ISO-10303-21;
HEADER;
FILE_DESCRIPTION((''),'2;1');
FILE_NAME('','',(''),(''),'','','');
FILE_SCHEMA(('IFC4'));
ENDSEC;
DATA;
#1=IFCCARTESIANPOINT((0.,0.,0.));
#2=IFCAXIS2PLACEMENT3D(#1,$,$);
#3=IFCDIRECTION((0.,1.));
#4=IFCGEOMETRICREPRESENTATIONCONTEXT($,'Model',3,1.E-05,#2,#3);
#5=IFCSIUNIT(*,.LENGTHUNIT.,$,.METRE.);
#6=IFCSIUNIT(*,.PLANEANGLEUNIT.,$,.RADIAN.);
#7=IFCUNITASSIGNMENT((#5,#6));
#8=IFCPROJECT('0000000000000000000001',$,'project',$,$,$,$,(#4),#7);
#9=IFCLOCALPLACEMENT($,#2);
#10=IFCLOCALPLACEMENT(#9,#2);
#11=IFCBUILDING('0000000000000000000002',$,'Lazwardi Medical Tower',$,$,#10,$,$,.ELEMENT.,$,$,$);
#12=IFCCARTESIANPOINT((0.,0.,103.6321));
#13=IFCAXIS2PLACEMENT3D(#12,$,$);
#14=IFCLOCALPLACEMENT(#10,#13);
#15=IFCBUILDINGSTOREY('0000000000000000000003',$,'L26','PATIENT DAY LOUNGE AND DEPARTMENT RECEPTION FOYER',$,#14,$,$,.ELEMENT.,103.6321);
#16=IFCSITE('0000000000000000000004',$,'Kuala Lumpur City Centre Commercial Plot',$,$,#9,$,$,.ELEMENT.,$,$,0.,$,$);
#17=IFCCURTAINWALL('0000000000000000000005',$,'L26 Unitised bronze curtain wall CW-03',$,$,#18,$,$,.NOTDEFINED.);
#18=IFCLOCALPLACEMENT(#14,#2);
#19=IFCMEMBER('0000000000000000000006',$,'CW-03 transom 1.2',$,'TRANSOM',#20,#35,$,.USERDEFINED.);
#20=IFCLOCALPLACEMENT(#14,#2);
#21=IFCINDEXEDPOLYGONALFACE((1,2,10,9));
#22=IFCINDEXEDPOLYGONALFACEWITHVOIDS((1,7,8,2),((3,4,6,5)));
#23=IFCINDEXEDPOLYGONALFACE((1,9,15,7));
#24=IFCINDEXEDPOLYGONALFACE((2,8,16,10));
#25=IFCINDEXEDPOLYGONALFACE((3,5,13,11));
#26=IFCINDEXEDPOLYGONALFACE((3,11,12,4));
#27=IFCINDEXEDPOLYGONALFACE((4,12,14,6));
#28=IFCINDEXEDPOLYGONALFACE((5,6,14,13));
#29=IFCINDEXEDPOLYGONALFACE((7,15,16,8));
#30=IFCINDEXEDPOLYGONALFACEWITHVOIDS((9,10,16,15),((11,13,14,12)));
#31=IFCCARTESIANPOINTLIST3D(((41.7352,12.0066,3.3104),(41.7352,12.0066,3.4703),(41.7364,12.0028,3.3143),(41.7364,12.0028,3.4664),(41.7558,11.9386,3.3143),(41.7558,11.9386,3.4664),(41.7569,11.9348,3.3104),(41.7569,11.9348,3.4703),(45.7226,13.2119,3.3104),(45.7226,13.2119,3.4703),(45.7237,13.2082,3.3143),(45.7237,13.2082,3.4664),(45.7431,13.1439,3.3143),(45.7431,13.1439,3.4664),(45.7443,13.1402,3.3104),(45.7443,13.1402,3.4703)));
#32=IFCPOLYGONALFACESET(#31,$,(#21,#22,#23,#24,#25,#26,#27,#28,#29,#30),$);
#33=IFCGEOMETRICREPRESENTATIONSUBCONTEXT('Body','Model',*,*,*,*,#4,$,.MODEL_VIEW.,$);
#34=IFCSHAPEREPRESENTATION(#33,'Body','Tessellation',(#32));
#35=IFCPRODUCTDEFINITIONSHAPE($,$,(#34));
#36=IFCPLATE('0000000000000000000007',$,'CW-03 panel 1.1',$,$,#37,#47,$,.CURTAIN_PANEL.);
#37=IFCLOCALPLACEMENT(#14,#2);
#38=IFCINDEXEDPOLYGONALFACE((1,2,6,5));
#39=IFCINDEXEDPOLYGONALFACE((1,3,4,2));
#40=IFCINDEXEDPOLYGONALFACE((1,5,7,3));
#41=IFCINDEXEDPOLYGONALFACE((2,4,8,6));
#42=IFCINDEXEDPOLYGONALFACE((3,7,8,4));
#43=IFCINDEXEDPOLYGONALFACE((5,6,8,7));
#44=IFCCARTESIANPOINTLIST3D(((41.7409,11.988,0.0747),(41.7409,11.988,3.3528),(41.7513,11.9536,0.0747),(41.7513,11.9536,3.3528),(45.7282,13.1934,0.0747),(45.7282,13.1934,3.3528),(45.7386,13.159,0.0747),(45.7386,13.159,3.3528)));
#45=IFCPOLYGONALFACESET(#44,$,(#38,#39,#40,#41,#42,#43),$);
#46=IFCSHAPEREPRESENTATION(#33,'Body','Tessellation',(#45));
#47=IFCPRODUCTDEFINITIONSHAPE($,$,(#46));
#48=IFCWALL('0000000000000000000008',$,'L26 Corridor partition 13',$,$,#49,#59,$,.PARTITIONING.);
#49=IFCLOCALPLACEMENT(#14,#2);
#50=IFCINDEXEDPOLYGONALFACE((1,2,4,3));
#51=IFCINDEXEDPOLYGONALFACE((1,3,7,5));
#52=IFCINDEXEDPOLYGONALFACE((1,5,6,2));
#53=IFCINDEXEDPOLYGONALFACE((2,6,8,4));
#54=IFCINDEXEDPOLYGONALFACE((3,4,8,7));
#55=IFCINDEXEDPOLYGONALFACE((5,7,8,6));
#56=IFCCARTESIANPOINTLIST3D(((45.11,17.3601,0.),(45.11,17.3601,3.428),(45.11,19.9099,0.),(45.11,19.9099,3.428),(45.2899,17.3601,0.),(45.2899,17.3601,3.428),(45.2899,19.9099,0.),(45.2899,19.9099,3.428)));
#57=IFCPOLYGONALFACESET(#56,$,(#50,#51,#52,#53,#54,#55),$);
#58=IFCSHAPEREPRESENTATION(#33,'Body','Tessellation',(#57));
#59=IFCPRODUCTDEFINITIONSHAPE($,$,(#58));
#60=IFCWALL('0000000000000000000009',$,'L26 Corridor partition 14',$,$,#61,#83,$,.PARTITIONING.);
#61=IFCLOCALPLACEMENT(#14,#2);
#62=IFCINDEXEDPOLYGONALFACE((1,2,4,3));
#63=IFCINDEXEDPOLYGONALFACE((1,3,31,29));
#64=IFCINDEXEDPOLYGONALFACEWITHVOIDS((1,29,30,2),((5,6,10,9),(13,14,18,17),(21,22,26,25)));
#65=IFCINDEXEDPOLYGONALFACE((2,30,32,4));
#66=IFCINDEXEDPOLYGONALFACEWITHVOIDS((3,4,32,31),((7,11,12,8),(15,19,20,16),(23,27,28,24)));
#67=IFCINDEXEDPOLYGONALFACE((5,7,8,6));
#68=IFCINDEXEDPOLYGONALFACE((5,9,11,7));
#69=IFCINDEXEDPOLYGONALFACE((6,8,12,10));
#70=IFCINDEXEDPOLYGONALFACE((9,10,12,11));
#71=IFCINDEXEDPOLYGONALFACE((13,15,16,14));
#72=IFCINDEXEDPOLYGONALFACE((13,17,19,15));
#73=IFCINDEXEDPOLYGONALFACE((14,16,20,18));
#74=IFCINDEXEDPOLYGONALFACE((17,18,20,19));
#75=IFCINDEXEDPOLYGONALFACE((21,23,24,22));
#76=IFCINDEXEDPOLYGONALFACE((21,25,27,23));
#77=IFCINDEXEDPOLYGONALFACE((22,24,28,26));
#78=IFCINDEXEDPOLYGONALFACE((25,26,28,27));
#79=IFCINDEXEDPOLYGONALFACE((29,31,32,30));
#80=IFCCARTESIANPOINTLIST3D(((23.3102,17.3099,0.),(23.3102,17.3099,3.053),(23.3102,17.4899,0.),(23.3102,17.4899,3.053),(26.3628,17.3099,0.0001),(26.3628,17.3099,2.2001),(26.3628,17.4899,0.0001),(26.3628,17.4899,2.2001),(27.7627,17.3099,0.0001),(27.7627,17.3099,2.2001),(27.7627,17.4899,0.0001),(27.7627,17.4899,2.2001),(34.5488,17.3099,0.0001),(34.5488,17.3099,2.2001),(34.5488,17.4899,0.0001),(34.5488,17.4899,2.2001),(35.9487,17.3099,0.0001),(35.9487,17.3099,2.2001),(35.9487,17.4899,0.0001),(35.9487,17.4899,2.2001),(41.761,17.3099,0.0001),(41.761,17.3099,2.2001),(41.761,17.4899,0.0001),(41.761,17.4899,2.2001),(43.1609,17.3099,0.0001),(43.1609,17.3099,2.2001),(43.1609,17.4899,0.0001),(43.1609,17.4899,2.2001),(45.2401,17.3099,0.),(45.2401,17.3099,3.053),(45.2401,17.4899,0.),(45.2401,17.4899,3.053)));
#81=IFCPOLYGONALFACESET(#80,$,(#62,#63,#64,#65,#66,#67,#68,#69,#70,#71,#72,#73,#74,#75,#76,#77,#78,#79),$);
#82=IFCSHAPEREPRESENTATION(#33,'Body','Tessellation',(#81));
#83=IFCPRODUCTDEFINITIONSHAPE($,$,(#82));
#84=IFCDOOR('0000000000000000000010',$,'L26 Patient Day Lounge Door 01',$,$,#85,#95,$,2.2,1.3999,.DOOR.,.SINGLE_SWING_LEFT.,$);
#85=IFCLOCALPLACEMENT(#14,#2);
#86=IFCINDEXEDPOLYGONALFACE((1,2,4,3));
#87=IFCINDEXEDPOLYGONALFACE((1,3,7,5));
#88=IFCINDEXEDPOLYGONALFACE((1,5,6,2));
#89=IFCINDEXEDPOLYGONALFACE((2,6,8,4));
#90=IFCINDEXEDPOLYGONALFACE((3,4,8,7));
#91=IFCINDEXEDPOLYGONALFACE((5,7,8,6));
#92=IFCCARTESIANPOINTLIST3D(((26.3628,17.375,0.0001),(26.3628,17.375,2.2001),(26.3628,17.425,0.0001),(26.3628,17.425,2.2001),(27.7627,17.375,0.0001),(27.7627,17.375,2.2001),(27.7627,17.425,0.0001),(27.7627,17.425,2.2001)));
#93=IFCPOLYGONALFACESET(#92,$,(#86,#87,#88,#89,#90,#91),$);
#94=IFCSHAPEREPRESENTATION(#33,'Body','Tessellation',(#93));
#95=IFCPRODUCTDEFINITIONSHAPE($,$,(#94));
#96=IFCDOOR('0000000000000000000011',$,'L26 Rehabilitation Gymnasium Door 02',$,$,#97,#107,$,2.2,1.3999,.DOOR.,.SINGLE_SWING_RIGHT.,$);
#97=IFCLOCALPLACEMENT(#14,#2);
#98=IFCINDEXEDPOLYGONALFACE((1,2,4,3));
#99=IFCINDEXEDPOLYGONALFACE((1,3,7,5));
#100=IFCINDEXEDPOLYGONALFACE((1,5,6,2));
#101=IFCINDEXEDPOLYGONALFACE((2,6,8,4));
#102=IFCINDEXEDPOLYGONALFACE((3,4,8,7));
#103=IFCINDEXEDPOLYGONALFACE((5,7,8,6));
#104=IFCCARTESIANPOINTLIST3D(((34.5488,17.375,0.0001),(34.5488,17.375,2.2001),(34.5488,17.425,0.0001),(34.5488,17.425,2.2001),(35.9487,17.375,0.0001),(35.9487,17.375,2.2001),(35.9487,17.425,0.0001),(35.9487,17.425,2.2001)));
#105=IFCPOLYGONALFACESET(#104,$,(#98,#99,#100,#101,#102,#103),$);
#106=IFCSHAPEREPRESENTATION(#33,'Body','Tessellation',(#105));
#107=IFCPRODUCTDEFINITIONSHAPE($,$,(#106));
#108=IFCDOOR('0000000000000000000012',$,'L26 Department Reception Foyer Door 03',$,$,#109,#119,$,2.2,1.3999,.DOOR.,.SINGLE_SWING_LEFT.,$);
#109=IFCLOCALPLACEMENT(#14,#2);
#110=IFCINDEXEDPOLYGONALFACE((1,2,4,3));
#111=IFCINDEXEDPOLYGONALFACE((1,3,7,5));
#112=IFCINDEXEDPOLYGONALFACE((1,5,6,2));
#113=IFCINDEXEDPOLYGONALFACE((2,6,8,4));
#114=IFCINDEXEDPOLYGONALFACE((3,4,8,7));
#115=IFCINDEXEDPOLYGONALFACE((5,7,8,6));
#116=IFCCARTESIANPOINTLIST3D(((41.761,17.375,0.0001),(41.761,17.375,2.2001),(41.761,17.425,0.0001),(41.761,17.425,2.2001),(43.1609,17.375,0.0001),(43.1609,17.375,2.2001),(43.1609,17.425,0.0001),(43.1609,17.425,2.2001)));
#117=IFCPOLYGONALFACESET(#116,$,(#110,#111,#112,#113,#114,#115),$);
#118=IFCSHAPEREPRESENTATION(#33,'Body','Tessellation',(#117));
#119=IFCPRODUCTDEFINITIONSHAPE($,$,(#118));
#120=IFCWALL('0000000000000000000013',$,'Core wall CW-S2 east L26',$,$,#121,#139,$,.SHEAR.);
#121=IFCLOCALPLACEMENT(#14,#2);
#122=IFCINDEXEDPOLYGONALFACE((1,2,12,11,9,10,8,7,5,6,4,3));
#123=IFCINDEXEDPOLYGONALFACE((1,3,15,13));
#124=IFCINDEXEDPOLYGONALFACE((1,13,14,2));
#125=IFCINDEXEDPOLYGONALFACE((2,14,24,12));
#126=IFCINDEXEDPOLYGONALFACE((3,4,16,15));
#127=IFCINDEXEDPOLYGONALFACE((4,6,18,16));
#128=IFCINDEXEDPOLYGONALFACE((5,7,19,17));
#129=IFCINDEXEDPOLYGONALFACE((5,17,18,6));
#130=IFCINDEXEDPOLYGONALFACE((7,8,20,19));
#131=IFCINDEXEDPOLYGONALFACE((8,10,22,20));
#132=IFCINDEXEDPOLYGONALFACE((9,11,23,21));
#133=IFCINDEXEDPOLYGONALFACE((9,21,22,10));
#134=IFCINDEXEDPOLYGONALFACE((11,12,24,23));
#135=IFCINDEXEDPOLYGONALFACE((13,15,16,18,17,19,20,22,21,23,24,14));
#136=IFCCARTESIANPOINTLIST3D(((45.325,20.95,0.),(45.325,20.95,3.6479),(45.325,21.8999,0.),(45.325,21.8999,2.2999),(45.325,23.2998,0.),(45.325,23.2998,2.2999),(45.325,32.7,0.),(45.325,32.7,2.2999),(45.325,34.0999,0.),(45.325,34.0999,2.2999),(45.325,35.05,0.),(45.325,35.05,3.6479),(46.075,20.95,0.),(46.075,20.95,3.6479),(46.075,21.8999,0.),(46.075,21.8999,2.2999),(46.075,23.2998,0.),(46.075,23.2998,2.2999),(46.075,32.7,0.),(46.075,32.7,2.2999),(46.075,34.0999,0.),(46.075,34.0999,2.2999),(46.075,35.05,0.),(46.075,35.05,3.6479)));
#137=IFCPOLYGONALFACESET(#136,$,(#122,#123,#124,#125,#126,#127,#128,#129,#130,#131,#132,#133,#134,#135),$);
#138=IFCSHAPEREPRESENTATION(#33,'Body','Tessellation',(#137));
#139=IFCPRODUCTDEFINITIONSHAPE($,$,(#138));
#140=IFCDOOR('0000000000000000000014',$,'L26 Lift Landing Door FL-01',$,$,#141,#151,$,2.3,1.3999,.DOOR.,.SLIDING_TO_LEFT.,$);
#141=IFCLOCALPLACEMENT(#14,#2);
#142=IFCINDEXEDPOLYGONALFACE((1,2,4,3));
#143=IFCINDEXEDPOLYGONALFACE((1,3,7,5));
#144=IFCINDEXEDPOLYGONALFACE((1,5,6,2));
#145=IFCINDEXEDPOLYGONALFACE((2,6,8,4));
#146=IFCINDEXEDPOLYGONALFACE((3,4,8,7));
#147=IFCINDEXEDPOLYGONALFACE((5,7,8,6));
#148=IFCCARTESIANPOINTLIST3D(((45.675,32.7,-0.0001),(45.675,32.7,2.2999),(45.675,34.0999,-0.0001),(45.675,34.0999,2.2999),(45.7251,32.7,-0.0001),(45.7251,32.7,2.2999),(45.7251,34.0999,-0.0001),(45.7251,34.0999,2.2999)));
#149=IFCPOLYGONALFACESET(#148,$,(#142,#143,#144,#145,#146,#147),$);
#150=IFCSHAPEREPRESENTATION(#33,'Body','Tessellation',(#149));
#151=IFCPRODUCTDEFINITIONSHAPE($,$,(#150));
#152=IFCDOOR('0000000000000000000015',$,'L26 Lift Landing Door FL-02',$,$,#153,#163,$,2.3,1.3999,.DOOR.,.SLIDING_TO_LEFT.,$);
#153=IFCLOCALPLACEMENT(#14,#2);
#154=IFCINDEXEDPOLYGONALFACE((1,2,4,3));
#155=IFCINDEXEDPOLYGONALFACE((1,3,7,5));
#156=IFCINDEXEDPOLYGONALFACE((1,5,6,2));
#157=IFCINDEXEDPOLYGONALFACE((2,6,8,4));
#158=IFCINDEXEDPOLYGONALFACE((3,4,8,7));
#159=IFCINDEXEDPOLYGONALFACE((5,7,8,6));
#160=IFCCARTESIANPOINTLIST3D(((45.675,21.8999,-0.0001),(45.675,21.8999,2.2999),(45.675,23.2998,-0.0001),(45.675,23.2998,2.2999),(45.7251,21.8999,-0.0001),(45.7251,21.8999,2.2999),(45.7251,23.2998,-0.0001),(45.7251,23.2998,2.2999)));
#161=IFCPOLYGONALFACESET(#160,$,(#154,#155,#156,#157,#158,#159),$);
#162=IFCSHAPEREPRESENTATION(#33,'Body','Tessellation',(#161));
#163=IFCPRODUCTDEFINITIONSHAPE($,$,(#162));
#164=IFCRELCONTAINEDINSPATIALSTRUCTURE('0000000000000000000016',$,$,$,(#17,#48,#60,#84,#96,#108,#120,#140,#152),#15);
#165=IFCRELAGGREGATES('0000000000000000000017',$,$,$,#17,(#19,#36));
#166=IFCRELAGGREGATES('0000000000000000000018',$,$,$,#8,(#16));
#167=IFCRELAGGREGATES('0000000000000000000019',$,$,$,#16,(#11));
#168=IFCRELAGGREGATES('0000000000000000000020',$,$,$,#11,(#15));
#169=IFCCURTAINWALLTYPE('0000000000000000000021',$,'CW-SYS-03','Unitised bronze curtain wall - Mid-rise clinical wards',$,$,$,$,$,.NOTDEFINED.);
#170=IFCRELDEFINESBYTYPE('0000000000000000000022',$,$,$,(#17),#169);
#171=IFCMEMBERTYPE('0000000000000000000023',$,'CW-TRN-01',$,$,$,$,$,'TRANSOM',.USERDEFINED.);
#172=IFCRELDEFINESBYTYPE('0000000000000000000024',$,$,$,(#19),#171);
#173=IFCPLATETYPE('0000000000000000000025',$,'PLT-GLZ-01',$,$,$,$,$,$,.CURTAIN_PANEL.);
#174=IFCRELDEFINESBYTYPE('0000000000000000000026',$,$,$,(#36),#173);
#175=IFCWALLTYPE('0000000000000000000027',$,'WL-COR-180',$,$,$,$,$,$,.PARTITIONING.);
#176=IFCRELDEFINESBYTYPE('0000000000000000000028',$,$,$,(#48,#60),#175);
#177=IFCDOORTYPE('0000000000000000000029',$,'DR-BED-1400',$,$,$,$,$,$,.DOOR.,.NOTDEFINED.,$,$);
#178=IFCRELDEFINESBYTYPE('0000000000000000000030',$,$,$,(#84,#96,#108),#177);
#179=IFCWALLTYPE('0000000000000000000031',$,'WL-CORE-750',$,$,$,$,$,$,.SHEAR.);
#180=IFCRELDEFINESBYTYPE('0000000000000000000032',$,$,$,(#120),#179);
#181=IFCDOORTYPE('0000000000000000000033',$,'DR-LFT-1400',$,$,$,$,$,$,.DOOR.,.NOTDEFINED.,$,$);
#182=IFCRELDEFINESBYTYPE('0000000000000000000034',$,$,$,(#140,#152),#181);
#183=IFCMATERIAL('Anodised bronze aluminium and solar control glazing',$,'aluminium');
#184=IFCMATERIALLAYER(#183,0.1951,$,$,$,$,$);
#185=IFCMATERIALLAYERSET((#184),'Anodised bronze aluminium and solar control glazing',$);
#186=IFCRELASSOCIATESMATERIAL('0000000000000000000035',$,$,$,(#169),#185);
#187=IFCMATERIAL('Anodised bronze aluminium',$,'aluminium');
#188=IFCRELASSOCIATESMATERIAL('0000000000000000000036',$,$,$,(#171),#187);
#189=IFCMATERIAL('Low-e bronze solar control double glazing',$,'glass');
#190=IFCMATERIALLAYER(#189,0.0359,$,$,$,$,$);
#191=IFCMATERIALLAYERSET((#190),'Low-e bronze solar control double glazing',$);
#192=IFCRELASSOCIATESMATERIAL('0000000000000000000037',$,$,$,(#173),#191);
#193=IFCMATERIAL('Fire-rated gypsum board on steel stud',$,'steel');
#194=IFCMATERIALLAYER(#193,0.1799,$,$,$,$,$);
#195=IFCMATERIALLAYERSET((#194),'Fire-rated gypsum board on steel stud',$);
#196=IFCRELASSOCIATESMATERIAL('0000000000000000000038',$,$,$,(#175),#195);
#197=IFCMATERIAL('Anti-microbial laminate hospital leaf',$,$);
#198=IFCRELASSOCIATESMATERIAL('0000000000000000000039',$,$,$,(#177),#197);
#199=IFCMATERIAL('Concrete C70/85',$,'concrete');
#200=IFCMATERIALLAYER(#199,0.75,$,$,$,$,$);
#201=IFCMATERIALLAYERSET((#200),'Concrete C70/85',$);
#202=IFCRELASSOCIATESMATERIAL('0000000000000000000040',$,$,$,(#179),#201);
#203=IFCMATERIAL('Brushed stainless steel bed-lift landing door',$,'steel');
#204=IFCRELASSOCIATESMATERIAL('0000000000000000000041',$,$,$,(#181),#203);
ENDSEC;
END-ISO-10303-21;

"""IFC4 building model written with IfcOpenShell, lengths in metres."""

from ifc_helpers import new_model, si_unit, direction, frame, frame_2d, origin, origin_2d, place, context, subcontext, project, spatial, rectangle, hollow_rectangle, extrude, material, layer, layer_set, material_profile, profile_set, type_object, element, fill, aggregate, save


model = new_model("IFC4")

# Units and contexts
model_context = context("Model", 3, precision=1e-05, world=origin(), true_north=direction((0.0, 1.0)))
body_context = subcontext(model_context, "Body", "Model", "MODEL_VIEW")
ifc_project = project(units=[si_unit("LENGTHUNIT", "METRE"), si_unit("PLANEANGLEUNIT", "RADIAN")], contexts=[model_context])

# Site, building, storey
site_placement = place(None, origin())
site = spatial("IfcSite", under=ifc_project, at=site_placement, Name="Kuala Lumpur City Centre Commercial Plot", CompositionType="ELEMENT", RefElevation=0.0)
building_placement = place(site_placement, origin())
building = spatial("IfcBuilding", under=site, at=building_placement, Name="Lazwardi Medical Tower", CompositionType="ELEMENT")
storey_placement = place(building_placement, frame((0.0, 0.0, 103.6321)))
storey = spatial("IfcBuildingStorey", under=building, at=storey_placement, Name="L26", Description="PATIENT DAY LOUNGE AND DEPARTMENT RECEPTION FOYER", CompositionType="ELEMENT", Elevation=103.6321)

# Shared definitions
ifc_material_1 = material(Name="Concrete C70/85", Category="concrete")

# Curtain wall, member, plate
ifc_material_2 = material(Name="Anodised bronze aluminium and solar control glazing", Category="aluminium")
ifc_layer_1 = layer(ifc_material_2, 0.1951)
ifc_layer_set_1 = layer_set([ifc_layer_1], Name="Anodised bronze aluminium and solar control glazing")
curtain_wall_type = type_object("IfcCurtainWallType", Name="CW-SYS-03", Description="Unitised bronze curtain wall - Mid-rise clinical wards", PredefinedType="NOTDEFINED", material=ifc_layer_set_1)
curtain_wall_placement = place(storey_placement, origin())
curtain_wall = element("IfcCurtainWall", 1, at=curtain_wall_placement, inside=storey, type_object=curtain_wall_type, Name="L26 Unitised bronze curtain wall CW-03", PredefinedType="NOTDEFINED")
ifc_material_3 = material(Name="Anodised bronze aluminium", Category="aluminium")
ifc_material_profile_1 = material_profile(ifc_material_3, hollow_rectangle(XDim=0.075, YDim=0.1599, WallThickness=0.0039, at=origin_2d()), Name="ALU-TRANSOM 160x75x4")
ifc_profile_set_1 = profile_set([ifc_material_profile_1], Name="Anodised bronze aluminium")
member_type = type_object("IfcMemberType", Name="CW-TRN-01", ElementType="TRANSOM", PredefinedType="USERDEFINED", material=ifc_profile_set_1)
member_placement = place(storey_placement, frame((41.7461, 11.9707, 3.3904), z_axis=(0.957221, 0.289358, 0.0), x_axis=(-0.289358, 0.957221, 0.0)))
member = element("IfcMember", 2, at=member_placement, type_object=member_type, Name="CW-03 transom 1.2", ObjectType="TRANSOM", PredefinedType="USERDEFINED", context=body_context, shape_type="SweptSolid", body=[
    extrude(hollow_rectangle(XDim=0.075, YDim=0.1599, WallThickness=0.0039, at=origin_2d()), origin(), (0.0, 0.0, 1.0), 4.1655),
])
ifc_material_4 = material(Name="Low-e bronze solar control double glazing", Category="glass")
ifc_layer_2 = layer(ifc_material_4, 0.0359)
ifc_layer_set_2 = layer_set([ifc_layer_2], Name="Low-e bronze solar control double glazing")
plate_type = type_object("IfcPlateType", Name="PLT-GLZ-01", PredefinedType="CURTAIN_PANEL", material=ifc_layer_set_2)
plate_placement = place(storey_placement, frame((43.7397, 12.5735, 0.0747), z_axis=(0.0, 0.0, 1.0), x_axis=(0.957216, 0.289374, 0.0)))
plate = element("IfcPlate", 3, at=plate_placement, type_object=plate_type, Name="CW-03 panel 1.1", PredefinedType="CURTAIN_PANEL", context=body_context, shape_type="SweptSolid", body=[
    extrude(rectangle(XDim=4.1655, YDim=0.0359, at=origin_2d()), origin(), (0.0, 0.0, 1.0), 3.2781),
])
aggregate(curtain_wall, [member, plate])

# Wall
ifc_material_5 = material(Name="Fire-rated gypsum board on steel stud", Category="steel")
ifc_layer_3 = layer(ifc_material_5, 0.1799)
ifc_layer_set_3 = layer_set([ifc_layer_3], Name="Fire-rated gypsum board on steel stud")
wall_type_1 = type_object("IfcWallType", Name="WL-COR-180", PredefinedType="PARTITIONING", material=ifc_layer_set_3)
wall_1_placement = place(storey_placement, frame((45.2, 19.9099, 0.0), z_axis=(0.0, 0.0, 1.0), x_axis=(0.0, -1.0, 0.0)))
element("IfcWall", 4, at=wall_1_placement, inside=storey, type_object=wall_type_1, Name="L26 Corridor partition 13", PredefinedType="PARTITIONING", context=body_context, shape_type="SweptSolid", body=[
    extrude(rectangle(XDim=2.5498, YDim=0.1799, at=frame_2d((1.2749, 0.0))), origin(), (0.0, 0.0, 1.0), 3.428),
])

# Walls, openings, doors
wall_2_placement = place(storey_placement, frame((45.24, 17.3999, 0.0), z_axis=(0.0, 0.0, 1.0), x_axis=(-1.0, 0.0, 0.0)))
wall_2 = element("IfcWall", 5, at=wall_2_placement, inside=storey, type_object=wall_type_1, Name="L26 Corridor partition 14", PredefinedType="PARTITIONING", context=body_context, shape_type="SweptSolid", body=[
    extrude(rectangle(XDim=21.9299, YDim=0.1799, at=frame_2d((10.9648, 0.0))), origin(), (0.0, 0.0, 1.0), 3.053),
])
opening_1_placement = place(wall_2_placement, frame((17.4773, 0.0, 0.0)))
opening_1 = element("IfcOpeningElement", 6, at=opening_1_placement, cuts=wall_2, PredefinedType="OPENING", context=body_context, shape_type="SweptSolid", body=[
    extrude(rectangle(XDim=1.3999, YDim=2.2, at=frame_2d((0.7, 1.1001))), frame((0.0, 0.0999, 0.0), z_axis=(0.0, -1.0, 0.0), x_axis=(1.0, 0.0, 0.0)), (0.0, 0.0, 1.0), 0.2),
])
opening_2_placement = place(wall_2_placement, frame((9.2913, 0.0, 0.0)))
opening_2 = element("IfcOpeningElement", 7, at=opening_2_placement, cuts=wall_2, PredefinedType="OPENING", context=body_context, shape_type="SweptSolid", body=[
    extrude(rectangle(XDim=1.3999, YDim=2.2, at=frame_2d((0.7, 1.1001))), frame((0.0, 0.0999, 0.0), z_axis=(0.0, -1.0, 0.0), x_axis=(1.0, 0.0, 0.0)), (0.0, 0.0, 1.0), 0.2),
])
opening_3_placement = place(wall_2_placement, frame((2.0791, 0.0, 0.0)))
opening_3 = element("IfcOpeningElement", 8, at=opening_3_placement, cuts=wall_2, PredefinedType="OPENING", context=body_context, shape_type="SweptSolid", body=[
    extrude(rectangle(XDim=1.3999, YDim=2.2, at=frame_2d((0.7, 1.1001))), frame((0.0, 0.0999, 0.0), z_axis=(0.0, -1.0, 0.0), x_axis=(1.0, 0.0, 0.0)), (0.0, 0.0, 1.0), 0.2),
])
ifc_material_6 = material(Name="Anti-microbial laminate hospital leaf")
door_type_1 = type_object("IfcDoorType", Name="DR-BED-1400", OperationType="NOTDEFINED", PredefinedType="DOOR", material=ifc_material_6)
door_1_placement = place(opening_1_placement, origin())
door_1 = element("IfcDoor", 9, at=door_1_placement, inside=storey, type_object=door_type_1, Name="L26 Patient Day Lounge Door 01", OperationType="SINGLE_SWING_LEFT", OverallHeight=2.2, OverallWidth=1.3999, PredefinedType="DOOR", context=body_context, shape_type="SweptSolid", body=[
    extrude(rectangle(XDim=1.3999, YDim=2.2, at=frame_2d((0.7, 1.1001))), frame((0.0, 0.0249, 0.0), z_axis=(0.0, -1.0, 0.0), x_axis=(1.0, 0.0, 0.0)), (0.0, 0.0, 1.0), 0.05),
])
fill(opening_1, door_1)
door_2_placement = place(opening_2_placement, origin())
door_2 = element("IfcDoor", 10, at=door_2_placement, inside=storey, type_object=door_type_1, Name="L26 Rehabilitation Gymnasium Door 02", OperationType="SINGLE_SWING_RIGHT", OverallHeight=2.2, OverallWidth=1.3999, PredefinedType="DOOR", context=body_context, shape_type="SweptSolid", body=[
    extrude(rectangle(XDim=1.3999, YDim=2.2, at=frame_2d((0.7, 1.1001))), frame((0.0, 0.0249, 0.0), z_axis=(0.0, -1.0, 0.0), x_axis=(1.0, 0.0, 0.0)), (0.0, 0.0, 1.0), 0.05),
])
fill(opening_2, door_2)
door_3_placement = place(opening_3_placement, origin())
door_3 = element("IfcDoor", 11, at=door_3_placement, inside=storey, type_object=door_type_1, Name="L26 Department Reception Foyer Door 03", OperationType="SINGLE_SWING_LEFT", OverallHeight=2.2, OverallWidth=1.3999, PredefinedType="DOOR", context=body_context, shape_type="SweptSolid", body=[
    extrude(rectangle(XDim=1.3999, YDim=2.2, at=frame_2d((0.7, 1.1001))), frame((0.0, 0.0249, 0.0), z_axis=(0.0, -1.0, 0.0), x_axis=(1.0, 0.0, 0.0)), (0.0, 0.0, 1.0), 0.05),
])
fill(opening_3, door_3)
ifc_layer_4 = layer(ifc_material_1, 0.75)
ifc_layer_set_4 = layer_set([ifc_layer_4], Name="Concrete C70/85")
wall_type_2 = type_object("IfcWallType", Name="WL-CORE-750", PredefinedType="SHEAR", material=ifc_layer_set_4)
wall_3_placement = place(storey_placement, frame((45.7, 20.95, 0.0), z_axis=(0.0, 0.0, 1.0), x_axis=(0.0, 1.0, 0.0)))
wall_3 = element("IfcWall", 12, at=wall_3_placement, inside=storey, type_object=wall_type_2, Name="Core wall CW-S2 east L26", PredefinedType="SHEAR", context=body_context, shape_type="SweptSolid", body=[
    extrude(rectangle(XDim=14.1001, YDim=0.75, at=frame_2d((7.05, 0.0))), origin(), (0.0, 0.0, 1.0), 3.6479),
])
opening_4_placement = place(wall_3_placement, frame((11.75, 0.0, 0.0)))
opening_4 = element("IfcOpeningElement", 13, at=opening_4_placement, cuts=wall_3, PredefinedType="OPENING", context=body_context, shape_type="SweptSolid", body=[
    extrude(rectangle(XDim=1.3999, YDim=2.3, at=frame_2d((0.7, 1.1499))), frame((0.0, 0.385, 0.0), z_axis=(0.0, -1.0, 0.0), x_axis=(1.0, 0.0, 0.0)), (0.0, 0.0, 1.0), 0.77),
])
opening_5_placement = place(wall_3_placement, frame((0.95, 0.0, 0.0)))
opening_5 = element("IfcOpeningElement", 14, at=opening_5_placement, cuts=wall_3, PredefinedType="OPENING", context=body_context, shape_type="SweptSolid", body=[
    extrude(rectangle(XDim=1.3999, YDim=2.3, at=frame_2d((0.7, 1.1499))), frame((0.0, 0.385, 0.0), z_axis=(0.0, -1.0, 0.0), x_axis=(1.0, 0.0, 0.0)), (0.0, 0.0, 1.0), 0.77),
])
ifc_material_7 = material(Name="Brushed stainless steel bed-lift landing door", Category="steel")
door_type_2 = type_object("IfcDoorType", Name="DR-LFT-1400", OperationType="NOTDEFINED", PredefinedType="DOOR", material=ifc_material_7)
door_4_placement = place(opening_4_placement, origin())
door_4 = element("IfcDoor", 15, at=door_4_placement, inside=storey, type_object=door_type_2, Name="L26 Lift Landing Door FL-01", OperationType="SLIDING_TO_LEFT", OverallHeight=2.3, OverallWidth=1.3999, PredefinedType="DOOR", context=body_context, shape_type="SweptSolid", body=[
    extrude(rectangle(XDim=1.3999, YDim=2.3, at=frame_2d((0.7, 1.1499))), frame((0.0, 0.0249, 0.0), z_axis=(0.0, -1.0, 0.0), x_axis=(1.0, 0.0, 0.0)), (0.0, 0.0, 1.0), 0.05),
])
fill(opening_4, door_4)
door_5_placement = place(opening_5_placement, origin())
door_5 = element("IfcDoor", 16, at=door_5_placement, inside=storey, type_object=door_type_2, Name="L26 Lift Landing Door FL-02", OperationType="SLIDING_TO_LEFT", OverallHeight=2.3, OverallWidth=1.3999, PredefinedType="DOOR", context=body_context, shape_type="SweptSolid", body=[
    extrude(rectangle(XDim=1.3999, YDim=2.3, at=frame_2d((0.7, 1.1499))), frame((0.0, 0.0249, 0.0), z_axis=(0.0, -1.0, 0.0), x_axis=(1.0, 0.0, 0.0)), (0.0, 0.0, 1.0), 0.05),
])
fill(opening_5, door_5)

save(model, "model.ifc")
